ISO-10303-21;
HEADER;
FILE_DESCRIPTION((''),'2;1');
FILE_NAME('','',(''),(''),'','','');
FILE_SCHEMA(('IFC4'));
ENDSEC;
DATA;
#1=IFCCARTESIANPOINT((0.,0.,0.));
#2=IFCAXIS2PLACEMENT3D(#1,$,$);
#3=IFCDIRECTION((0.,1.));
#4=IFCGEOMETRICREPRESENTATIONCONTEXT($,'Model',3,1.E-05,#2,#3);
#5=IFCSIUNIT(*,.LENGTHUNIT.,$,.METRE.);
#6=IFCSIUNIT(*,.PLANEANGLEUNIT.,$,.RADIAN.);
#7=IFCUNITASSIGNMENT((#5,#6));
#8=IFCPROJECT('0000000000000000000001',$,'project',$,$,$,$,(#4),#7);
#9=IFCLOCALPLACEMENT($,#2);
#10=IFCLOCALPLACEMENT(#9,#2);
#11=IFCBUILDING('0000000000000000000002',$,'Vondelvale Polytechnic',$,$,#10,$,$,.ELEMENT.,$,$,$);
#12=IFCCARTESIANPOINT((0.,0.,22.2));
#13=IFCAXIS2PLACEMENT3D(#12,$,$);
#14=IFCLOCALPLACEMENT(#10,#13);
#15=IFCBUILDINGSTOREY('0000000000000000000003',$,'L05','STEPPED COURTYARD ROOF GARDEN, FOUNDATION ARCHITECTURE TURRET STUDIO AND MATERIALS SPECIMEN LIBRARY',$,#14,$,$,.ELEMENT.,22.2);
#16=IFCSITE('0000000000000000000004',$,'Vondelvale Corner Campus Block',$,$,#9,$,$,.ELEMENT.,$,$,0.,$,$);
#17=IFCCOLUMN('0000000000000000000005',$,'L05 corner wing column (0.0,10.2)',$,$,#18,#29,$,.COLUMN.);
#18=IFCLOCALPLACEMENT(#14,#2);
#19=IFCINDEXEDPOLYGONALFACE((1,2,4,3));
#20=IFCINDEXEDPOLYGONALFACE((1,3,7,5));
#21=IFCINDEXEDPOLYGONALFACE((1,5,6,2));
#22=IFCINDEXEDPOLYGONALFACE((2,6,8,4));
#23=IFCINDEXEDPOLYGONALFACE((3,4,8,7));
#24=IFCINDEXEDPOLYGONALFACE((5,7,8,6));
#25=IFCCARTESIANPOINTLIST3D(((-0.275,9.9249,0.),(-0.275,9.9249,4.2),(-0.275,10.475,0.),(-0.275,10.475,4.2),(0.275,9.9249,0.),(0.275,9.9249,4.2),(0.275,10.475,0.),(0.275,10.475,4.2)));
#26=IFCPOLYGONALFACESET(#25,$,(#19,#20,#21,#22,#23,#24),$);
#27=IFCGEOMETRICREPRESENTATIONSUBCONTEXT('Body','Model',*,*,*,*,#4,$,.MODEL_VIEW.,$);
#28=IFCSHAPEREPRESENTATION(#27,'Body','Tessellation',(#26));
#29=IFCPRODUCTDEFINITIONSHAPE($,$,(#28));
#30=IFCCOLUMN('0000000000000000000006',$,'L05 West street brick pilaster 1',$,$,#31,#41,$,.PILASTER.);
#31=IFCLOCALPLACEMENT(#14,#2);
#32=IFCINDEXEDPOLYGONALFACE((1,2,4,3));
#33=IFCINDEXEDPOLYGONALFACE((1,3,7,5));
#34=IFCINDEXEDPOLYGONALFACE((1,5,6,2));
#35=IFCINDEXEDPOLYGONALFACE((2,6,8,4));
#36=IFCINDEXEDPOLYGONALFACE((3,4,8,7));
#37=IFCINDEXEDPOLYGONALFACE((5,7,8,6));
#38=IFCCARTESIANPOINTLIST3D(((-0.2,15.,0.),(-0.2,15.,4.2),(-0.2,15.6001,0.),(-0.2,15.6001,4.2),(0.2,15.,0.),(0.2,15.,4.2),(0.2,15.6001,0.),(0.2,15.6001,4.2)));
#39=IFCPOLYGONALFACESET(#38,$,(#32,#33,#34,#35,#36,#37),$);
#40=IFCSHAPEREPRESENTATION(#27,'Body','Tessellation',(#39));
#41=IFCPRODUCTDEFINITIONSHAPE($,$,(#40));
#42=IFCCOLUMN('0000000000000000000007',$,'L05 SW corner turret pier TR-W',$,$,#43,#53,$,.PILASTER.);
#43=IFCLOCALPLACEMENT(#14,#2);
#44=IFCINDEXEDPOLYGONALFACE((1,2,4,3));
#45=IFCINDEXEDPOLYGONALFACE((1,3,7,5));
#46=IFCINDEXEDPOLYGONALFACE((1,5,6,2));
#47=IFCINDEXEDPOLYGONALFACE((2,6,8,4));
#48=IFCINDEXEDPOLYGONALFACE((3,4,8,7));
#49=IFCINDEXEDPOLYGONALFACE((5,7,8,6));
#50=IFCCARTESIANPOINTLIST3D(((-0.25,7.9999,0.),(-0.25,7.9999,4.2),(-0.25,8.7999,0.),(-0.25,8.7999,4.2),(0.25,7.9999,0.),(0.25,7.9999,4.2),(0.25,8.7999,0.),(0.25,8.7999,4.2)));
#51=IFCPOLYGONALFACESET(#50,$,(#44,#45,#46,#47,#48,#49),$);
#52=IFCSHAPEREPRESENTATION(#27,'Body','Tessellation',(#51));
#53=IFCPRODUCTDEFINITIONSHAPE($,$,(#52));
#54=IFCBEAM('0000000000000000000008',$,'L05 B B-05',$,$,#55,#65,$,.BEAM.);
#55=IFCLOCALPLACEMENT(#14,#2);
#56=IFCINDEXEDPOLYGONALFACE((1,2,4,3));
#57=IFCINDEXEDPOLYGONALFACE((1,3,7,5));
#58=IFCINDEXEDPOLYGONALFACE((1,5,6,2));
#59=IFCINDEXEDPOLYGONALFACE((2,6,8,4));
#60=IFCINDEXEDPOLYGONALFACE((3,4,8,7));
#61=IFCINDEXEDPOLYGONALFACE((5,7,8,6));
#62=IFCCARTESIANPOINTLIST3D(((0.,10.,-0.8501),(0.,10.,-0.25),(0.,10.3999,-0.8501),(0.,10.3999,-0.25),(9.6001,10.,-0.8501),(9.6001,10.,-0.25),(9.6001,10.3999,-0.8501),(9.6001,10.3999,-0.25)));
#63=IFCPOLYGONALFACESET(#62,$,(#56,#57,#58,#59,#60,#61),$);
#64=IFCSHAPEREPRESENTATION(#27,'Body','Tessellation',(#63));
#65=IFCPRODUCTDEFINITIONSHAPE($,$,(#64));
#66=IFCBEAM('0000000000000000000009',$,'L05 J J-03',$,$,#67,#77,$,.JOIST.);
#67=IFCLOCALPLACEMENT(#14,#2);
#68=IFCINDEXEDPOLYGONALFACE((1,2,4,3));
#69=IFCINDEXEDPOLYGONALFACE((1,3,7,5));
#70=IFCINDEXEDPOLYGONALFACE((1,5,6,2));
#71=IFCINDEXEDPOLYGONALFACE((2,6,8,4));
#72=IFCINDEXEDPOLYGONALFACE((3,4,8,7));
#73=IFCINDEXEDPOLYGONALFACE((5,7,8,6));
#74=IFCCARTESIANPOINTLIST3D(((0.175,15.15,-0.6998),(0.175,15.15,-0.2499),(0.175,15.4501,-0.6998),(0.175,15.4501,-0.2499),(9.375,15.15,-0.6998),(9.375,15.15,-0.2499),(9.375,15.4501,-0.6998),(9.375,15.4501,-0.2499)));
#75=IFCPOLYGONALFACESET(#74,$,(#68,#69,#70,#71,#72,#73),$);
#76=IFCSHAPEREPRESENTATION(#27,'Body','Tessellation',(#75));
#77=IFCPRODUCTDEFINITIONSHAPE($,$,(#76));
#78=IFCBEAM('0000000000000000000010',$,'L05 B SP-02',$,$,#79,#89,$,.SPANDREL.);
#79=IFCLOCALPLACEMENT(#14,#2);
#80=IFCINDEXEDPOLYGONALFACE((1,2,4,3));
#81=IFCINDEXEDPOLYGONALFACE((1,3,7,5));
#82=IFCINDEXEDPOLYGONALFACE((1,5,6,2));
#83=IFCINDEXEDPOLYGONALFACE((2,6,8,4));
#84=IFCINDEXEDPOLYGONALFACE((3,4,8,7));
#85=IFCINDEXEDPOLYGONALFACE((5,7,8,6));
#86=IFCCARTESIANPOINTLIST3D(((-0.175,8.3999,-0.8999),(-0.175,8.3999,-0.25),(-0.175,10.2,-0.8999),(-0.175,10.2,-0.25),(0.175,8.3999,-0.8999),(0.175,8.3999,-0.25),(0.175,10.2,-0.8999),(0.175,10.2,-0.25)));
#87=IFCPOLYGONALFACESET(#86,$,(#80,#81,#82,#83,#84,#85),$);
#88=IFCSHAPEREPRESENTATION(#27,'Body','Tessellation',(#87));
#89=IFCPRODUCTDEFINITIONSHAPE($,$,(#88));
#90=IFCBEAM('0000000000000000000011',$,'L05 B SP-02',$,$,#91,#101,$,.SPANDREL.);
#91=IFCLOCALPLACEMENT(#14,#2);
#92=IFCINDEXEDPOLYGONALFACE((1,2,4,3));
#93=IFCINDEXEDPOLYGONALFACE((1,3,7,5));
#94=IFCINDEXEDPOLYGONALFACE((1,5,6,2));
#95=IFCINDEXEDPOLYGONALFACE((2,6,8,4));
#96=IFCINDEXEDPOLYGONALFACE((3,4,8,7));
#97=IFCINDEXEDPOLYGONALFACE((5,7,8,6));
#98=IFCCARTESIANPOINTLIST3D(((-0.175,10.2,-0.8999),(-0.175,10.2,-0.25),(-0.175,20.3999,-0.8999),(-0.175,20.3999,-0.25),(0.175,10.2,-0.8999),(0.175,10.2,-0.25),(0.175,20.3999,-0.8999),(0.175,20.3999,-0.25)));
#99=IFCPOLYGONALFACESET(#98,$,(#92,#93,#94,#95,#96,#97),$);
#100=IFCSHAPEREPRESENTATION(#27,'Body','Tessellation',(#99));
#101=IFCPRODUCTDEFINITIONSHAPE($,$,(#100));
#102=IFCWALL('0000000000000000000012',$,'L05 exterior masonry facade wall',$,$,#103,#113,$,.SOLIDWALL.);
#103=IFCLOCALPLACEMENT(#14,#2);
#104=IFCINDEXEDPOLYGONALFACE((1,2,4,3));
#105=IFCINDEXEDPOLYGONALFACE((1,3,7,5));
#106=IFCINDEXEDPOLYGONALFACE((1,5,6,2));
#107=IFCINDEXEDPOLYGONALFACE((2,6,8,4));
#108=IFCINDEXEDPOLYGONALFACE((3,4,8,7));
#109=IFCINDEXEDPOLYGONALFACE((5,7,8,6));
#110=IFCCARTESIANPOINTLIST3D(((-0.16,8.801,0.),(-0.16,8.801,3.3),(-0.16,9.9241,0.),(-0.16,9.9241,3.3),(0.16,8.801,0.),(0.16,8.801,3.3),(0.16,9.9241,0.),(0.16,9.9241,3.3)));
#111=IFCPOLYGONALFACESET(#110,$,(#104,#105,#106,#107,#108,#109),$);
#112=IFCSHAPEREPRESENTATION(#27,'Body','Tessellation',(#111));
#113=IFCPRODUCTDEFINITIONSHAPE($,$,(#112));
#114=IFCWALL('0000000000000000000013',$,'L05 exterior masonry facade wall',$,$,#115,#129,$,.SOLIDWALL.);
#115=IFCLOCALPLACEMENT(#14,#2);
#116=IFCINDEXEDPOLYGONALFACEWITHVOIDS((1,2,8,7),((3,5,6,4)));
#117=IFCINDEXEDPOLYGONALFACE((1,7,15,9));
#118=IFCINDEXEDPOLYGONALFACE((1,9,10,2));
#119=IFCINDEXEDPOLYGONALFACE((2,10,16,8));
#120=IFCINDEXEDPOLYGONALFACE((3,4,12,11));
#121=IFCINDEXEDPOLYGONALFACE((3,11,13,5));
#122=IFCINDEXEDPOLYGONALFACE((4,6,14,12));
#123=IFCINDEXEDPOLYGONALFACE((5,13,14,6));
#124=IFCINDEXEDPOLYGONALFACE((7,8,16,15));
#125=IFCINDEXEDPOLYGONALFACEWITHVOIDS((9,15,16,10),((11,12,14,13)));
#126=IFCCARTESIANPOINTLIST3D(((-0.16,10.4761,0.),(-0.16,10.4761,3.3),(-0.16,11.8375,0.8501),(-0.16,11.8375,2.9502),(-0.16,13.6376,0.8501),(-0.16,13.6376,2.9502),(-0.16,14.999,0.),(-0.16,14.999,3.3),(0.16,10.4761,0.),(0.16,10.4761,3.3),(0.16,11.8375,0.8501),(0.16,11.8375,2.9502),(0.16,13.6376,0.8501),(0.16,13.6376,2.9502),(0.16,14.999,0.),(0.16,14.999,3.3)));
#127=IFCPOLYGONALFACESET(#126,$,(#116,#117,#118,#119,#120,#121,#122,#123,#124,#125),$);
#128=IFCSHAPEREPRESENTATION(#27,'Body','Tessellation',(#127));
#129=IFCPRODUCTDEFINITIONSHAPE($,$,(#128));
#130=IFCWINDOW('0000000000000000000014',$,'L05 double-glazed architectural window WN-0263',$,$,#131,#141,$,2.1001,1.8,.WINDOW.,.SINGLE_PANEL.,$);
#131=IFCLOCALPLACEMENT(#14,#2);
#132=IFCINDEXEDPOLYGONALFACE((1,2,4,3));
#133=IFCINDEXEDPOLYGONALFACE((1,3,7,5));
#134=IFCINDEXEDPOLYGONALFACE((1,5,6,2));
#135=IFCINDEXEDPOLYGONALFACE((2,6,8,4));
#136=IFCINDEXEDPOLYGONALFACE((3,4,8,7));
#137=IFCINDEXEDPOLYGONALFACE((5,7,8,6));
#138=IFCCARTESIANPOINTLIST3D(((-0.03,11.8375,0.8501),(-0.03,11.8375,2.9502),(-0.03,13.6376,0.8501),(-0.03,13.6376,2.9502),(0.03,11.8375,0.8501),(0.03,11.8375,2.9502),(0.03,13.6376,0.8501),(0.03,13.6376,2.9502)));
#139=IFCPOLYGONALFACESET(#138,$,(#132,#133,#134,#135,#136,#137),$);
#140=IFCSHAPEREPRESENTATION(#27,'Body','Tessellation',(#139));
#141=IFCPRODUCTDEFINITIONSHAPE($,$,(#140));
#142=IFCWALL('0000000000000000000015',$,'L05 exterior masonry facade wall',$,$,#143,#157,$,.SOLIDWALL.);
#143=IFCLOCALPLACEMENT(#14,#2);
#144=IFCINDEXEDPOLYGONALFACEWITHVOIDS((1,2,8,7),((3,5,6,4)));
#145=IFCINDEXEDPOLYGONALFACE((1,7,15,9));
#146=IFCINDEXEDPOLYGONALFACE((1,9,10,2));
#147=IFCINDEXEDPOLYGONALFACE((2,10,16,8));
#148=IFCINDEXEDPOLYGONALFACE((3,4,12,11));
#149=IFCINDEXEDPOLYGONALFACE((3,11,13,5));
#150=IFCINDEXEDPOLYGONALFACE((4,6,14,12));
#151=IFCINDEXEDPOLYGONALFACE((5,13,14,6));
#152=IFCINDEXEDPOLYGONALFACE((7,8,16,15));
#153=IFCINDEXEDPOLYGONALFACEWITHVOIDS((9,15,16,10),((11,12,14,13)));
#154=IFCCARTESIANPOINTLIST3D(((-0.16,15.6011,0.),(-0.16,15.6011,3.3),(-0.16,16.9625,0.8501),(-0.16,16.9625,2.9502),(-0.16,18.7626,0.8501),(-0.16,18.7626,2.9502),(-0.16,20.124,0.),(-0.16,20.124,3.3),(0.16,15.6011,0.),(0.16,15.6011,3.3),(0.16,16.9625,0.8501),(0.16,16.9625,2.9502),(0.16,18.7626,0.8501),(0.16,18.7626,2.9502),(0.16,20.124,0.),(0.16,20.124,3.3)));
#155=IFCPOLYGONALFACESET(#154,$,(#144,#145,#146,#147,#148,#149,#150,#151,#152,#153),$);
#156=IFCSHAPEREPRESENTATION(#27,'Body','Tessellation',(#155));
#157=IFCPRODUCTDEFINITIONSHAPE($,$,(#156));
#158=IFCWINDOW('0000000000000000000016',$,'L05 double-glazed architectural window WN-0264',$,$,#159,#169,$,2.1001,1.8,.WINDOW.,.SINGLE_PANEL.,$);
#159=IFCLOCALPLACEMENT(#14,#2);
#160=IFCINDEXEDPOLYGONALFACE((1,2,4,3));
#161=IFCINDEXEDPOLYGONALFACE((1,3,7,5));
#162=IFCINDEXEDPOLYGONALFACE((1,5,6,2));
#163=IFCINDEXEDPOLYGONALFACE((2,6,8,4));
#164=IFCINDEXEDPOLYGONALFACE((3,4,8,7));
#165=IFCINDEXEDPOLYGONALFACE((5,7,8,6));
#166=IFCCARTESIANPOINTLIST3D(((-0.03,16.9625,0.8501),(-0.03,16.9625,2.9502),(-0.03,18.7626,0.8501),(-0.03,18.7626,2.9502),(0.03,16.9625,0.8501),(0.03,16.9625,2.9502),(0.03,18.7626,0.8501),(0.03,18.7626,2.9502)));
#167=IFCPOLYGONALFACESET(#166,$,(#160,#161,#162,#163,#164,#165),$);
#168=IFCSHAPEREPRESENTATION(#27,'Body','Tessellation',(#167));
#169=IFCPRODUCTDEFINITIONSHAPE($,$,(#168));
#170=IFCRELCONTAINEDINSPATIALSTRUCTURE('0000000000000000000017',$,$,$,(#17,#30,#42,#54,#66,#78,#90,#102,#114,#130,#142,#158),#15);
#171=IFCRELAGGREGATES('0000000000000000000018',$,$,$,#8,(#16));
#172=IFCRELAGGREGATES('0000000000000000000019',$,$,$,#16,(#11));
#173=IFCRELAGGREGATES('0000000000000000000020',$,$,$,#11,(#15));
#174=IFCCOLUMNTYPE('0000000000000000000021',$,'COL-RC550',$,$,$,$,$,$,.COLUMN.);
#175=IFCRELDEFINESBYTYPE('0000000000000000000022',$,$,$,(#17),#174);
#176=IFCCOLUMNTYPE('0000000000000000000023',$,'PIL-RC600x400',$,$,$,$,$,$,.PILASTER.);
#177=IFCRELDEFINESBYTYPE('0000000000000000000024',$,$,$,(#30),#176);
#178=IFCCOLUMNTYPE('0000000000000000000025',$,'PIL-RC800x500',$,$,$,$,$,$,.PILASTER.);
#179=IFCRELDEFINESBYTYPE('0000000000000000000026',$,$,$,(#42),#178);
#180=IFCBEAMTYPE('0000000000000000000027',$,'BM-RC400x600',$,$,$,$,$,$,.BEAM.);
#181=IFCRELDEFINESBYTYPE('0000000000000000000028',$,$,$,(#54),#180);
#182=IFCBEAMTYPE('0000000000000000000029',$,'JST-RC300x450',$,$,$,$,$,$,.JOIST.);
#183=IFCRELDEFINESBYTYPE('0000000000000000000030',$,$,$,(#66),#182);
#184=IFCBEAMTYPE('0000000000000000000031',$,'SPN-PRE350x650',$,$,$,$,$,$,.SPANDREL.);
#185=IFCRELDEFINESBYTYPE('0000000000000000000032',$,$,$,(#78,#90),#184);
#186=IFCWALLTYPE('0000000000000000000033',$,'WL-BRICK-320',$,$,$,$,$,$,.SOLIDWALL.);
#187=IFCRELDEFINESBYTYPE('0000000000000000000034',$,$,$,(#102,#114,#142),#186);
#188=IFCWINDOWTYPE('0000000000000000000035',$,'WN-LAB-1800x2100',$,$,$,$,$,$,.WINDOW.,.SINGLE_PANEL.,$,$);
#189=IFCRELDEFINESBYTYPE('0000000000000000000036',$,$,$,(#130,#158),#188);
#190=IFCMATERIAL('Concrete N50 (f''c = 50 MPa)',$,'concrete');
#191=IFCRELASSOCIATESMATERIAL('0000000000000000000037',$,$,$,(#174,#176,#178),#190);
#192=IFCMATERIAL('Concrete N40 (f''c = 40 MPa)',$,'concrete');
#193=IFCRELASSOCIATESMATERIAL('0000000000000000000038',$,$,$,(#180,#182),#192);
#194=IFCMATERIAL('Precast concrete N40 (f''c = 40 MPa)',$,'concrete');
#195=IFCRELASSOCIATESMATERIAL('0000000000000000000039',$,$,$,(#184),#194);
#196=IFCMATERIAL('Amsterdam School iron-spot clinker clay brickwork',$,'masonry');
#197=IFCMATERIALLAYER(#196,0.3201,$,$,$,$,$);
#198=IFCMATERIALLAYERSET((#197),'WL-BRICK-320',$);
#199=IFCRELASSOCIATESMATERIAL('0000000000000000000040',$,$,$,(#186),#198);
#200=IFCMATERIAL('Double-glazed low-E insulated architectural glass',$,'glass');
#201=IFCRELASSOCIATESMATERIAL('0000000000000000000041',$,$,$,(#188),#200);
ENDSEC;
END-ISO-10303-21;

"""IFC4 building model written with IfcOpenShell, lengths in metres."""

from ifc_helpers import new_model, si_unit, direction, frame, frame_2d, origin, origin_2d, place, context, subcontext, project, spatial, rectangle, extrude, material, layer, layer_set, material_profile, profile_set, type_object, element, fill, save


model = new_model("IFC4")

# Units and contexts
model_context = context("Model", 3, precision=1e-05, world=origin(), true_north=direction((0.0, 1.0)))
body_context = subcontext(model_context, "Body", "Model", "MODEL_VIEW")
ifc_project = project(units=[si_unit("LENGTHUNIT", "METRE"), si_unit("PLANEANGLEUNIT", "RADIAN")], contexts=[model_context])

# Site, building, storey
site_placement = place(None, origin())
site = spatial("IfcSite", under=ifc_project, at=site_placement, Name="Vondelvale Corner Campus Block", CompositionType="ELEMENT", RefElevation=0.0)
building_placement = place(site_placement, origin())
building = spatial("IfcBuilding", under=site, at=building_placement, Name="Vondelvale Polytechnic", CompositionType="ELEMENT")
storey_placement = place(building_placement, frame((0.0, 0.0, 22.2)))
storey = spatial("IfcBuildingStorey", under=building, at=storey_placement, Name="L05", Description="STEPPED COURTYARD ROOF GARDEN, FOUNDATION ARCHITECTURE TURRET STUDIO AND MATERIALS SPECIMEN LIBRARY", CompositionType="ELEMENT", Elevation=22.2)

# Columns
ifc_material_1 = material(Name="Concrete N50 (f'c = 50 MPa)", Category="concrete")
ifc_material_profile_1 = material_profile(ifc_material_1, rectangle(XDim=0.55, YDim=0.55, at=origin_2d()), Name="RC-COL-550x550")
ifc_profile_set_1 = profile_set([ifc_material_profile_1], Name="Concrete N50 (f'c = 50 MPa)")
column_type_1 = type_object("IfcColumnType", Name="COL-RC550", PredefinedType="COLUMN", material=ifc_profile_set_1)
column_1_placement = place(storey_placement, frame((0.0, 10.2, 0.0), z_axis=(0.0, 0.0, 1.0), x_axis=(1.0, 0.0, 0.0)))
element("IfcColumn", 1, at=column_1_placement, inside=storey, type_object=column_type_1, Name="L05 corner wing column (0.0,10.2)", PredefinedType="COLUMN", context=body_context, shape_type="SweptSolid", body=[
    extrude(rectangle(XDim=0.55, YDim=0.55, at=origin_2d()), origin(), (0.0, 0.0, 1.0), 4.2),
])
ifc_material_profile_2 = material_profile(ifc_material_1, rectangle(XDim=0.3999, YDim=0.6001, at=origin_2d()), Name="RC-PIL-600x400")
ifc_profile_set_2 = profile_set([ifc_material_profile_2], Name="Concrete N50 (f'c = 50 MPa)")
column_type_2 = type_object("IfcColumnType", Name="PIL-RC600x400", PredefinedType="PILASTER", material=ifc_profile_set_2)
column_2_placement = place(storey_placement, frame((0.0, 15.3, 0.0), z_axis=(0.0, 0.0, 1.0), x_axis=(1.0, 0.0, 0.0)))
element("IfcColumn", 2, at=column_2_placement, inside=storey, type_object=column_type_2, Name="L05 West street brick pilaster 1", PredefinedType="PILASTER", context=body_context, shape_type="SweptSolid", body=[
    extrude(rectangle(XDim=0.3999, YDim=0.6001, at=origin_2d()), origin(), (0.0, 0.0, 1.0), 4.2),
])
ifc_material_profile_3 = material_profile(ifc_material_1, rectangle(XDim=0.5, YDim=0.8, at=origin_2d()), Name="RC-PIL-800x500")
ifc_profile_set_3 = profile_set([ifc_material_profile_3], Name="Concrete N50 (f'c = 50 MPa)")
column_type_3 = type_object("IfcColumnType", Name="PIL-RC800x500", PredefinedType="PILASTER", material=ifc_profile_set_3)
column_3_placement = place(storey_placement, frame((0.0, 8.3999, 0.0), z_axis=(0.0, 0.0, 1.0), x_axis=(1.0, 0.0, 0.0)))
element("IfcColumn", 3, at=column_3_placement, inside=storey, type_object=column_type_3, Name="L05 SW corner turret pier TR-W", PredefinedType="PILASTER", context=body_context, shape_type="SweptSolid", body=[
    extrude(rectangle(XDim=0.5, YDim=0.8, at=origin_2d()), origin(), (0.0, 0.0, 1.0), 4.2),
])

# Beams
ifc_material_2 = material(Name="Concrete N40 (f'c = 40 MPa)", Category="concrete")
ifc_material_profile_4 = material_profile(ifc_material_2, rectangle(XDim=0.3999, YDim=0.6001, at=origin_2d()), Name="RC-BM-400x600")
ifc_profile_set_4 = profile_set([ifc_material_profile_4], Name="Concrete N40 (f'c = 40 MPa)")
beam_type_1 = type_object("IfcBeamType", Name="BM-RC400x600", PredefinedType="BEAM", material=ifc_profile_set_4)
beam_1_placement = place(storey_placement, frame((0.0, 10.2, -0.55), z_axis=(1.0, 0.0, 0.0), x_axis=(0.0, 1.0, 0.0)))
element("IfcBeam", 4, at=beam_1_placement, inside=storey, type_object=beam_type_1, Name="L05 B B-05", PredefinedType="BEAM", context=body_context, shape_type="SweptSolid", body=[
    extrude(rectangle(XDim=0.3999, YDim=0.6001, at=origin_2d()), origin(), (0.0, 0.0, 1.0), 9.6001),
])
ifc_material_profile_5 = material_profile(ifc_material_2, rectangle(XDim=0.3, YDim=0.45, at=origin_2d()), Name="RC-JST-300x450")
ifc_profile_set_5 = profile_set([ifc_material_profile_5], Name="Concrete N40 (f'c = 40 MPa)")
beam_type_2 = type_object("IfcBeamType", Name="JST-RC300x450", PredefinedType="JOIST", material=ifc_profile_set_5)
beam_2_placement = place(storey_placement, frame((0.175, 15.3, -0.4749), z_axis=(1.0, 0.0, 0.0), x_axis=(0.0, 1.0, 0.0)))
element("IfcBeam", 5, at=beam_2_placement, inside=storey, type_object=beam_type_2, Name="L05 J J-03", PredefinedType="JOIST", context=body_context, shape_type="SweptSolid", body=[
    extrude(rectangle(XDim=0.3, YDim=0.45, at=origin_2d()), origin(), (0.0, 0.0, 1.0), 9.2),
])
ifc_material_3 = material(Name="Precast concrete N40 (f'c = 40 MPa)", Category="concrete")
ifc_material_profile_6 = material_profile(ifc_material_3, rectangle(XDim=0.3501, YDim=0.6499, at=origin_2d()), Name="RC-SPN-350x650")
ifc_profile_set_6 = profile_set([ifc_material_profile_6], Name="Precast concrete N40 (f'c = 40 MPa)")
beam_type_3 = type_object("IfcBeamType", Name="SPN-PRE350x650", PredefinedType="SPANDREL", material=ifc_profile_set_6)
beam_3_placement = place(storey_placement, frame((0.0, 8.3999, -0.575), z_axis=(0.0, 1.0, 0.0), x_axis=(-1.0, 0.0, 0.0)))
element("IfcBeam", 6, at=beam_3_placement, inside=storey, type_object=beam_type_3, Name="L05 B SP-02", PredefinedType="SPANDREL", context=body_context, shape_type="SweptSolid", body=[
    extrude(rectangle(XDim=0.3501, YDim=0.6499, at=origin_2d()), origin(), (0.0, 0.0, 1.0), 1.8),
])
beam_4_placement = place(storey_placement, frame((0.0, 10.2, -0.575), z_axis=(0.0, 1.0, 0.0), x_axis=(-1.0, 0.0, 0.0)))
element("IfcBeam", 7, at=beam_4_placement, inside=storey, type_object=beam_type_3, Name="L05 B SP-02", PredefinedType="SPANDREL", context=body_context, shape_type="SweptSolid", body=[
    extrude(rectangle(XDim=0.3501, YDim=0.6499, at=origin_2d()), origin(), (0.0, 0.0, 1.0), 10.2),
])

# Wall
ifc_material_4 = material(Name="Amsterdam School iron-spot clinker clay brickwork", Category="masonry")
ifc_layer_1 = layer(ifc_material_4, 0.3201)
ifc_layer_set_1 = layer_set([ifc_layer_1], Name="WL-BRICK-320")
wall_type = type_object("IfcWallType", Name="WL-BRICK-320", PredefinedType="SOLIDWALL", material=ifc_layer_set_1)
wall_1_placement = place(storey_placement, frame((0.0, 8.801, 0.0), z_axis=(0.0, 0.0, 1.0), x_axis=(0.0, 1.0, 0.0)))
element("IfcWall", 8, at=wall_1_placement, inside=storey, type_object=wall_type, Name="L05 exterior masonry facade wall", PredefinedType="SOLIDWALL", context=body_context, shape_type="SweptSolid", body=[
    extrude(rectangle(XDim=1.123, YDim=0.3201, at=frame_2d((0.5615, 0.0))), origin(), (0.0, 0.0, 1.0), 3.3),
])

# Walls, openings, windows
wall_2_placement = place(storey_placement, frame((0.0, 10.4761, 0.0), z_axis=(0.0, 0.0, 1.0), x_axis=(0.0, 1.0, 0.0)))
wall_2 = element("IfcWall", 9, at=wall_2_placement, inside=storey, type_object=wall_type, Name="L05 exterior masonry facade wall", PredefinedType="SOLIDWALL", context=body_context, shape_type="SweptSolid", body=[
    extrude(rectangle(XDim=4.5229, YDim=0.3201, at=frame_2d((2.2615, 0.0))), origin(), (0.0, 0.0, 1.0), 3.3),
])
opening_1_placement = place(wall_2_placement, frame((1.3616, 0.0, 0.8501)))
opening_1 = element("IfcOpeningElement", 10, at=opening_1_placement, cuts=wall_2, PredefinedType="OPENING", context=body_context, shape_type="SweptSolid", body=[
    extrude(rectangle(XDim=1.8, YDim=2.1001, at=frame_2d((0.8999, 1.05))), frame((0.0, 0.1699, 0.0), z_axis=(0.0, -1.0, 0.0), x_axis=(1.0, 0.0, 0.0)), (0.0, 0.0, 1.0), 0.3401),
])
ifc_material_5 = material(Name="Double-glazed low-E insulated architectural glass", Category="glass")
window_type = type_object("IfcWindowType", Name="WN-LAB-1800x2100", PartitioningType="SINGLE_PANEL", PredefinedType="WINDOW", material=ifc_material_5)
window_1_placement = place(opening_1_placement, origin())
window_1 = element("IfcWindow", 11, at=window_1_placement, inside=storey, type_object=window_type, Name="L05 double-glazed architectural window WN-0263", OverallHeight=2.1001, OverallWidth=1.8, PartitioningType="SINGLE_PANEL", PredefinedType="WINDOW", context=body_context, shape_type="SweptSolid", body=[
    extrude(rectangle(XDim=1.8, YDim=2.1001, at=frame_2d((0.8999, 1.05))), frame((0.0, 0.03, 0.0), z_axis=(0.0, -1.0, 0.0), x_axis=(1.0, 0.0, 0.0)), (0.0, 0.0, 1.0), 0.0601),
])
fill(opening_1, window_1)
wall_3_placement = place(storey_placement, frame((0.0, 15.6011, 0.0), z_axis=(0.0, 0.0, 1.0), x_axis=(0.0, 1.0, 0.0)))
wall_3 = element("IfcWall", 12, at=wall_3_placement, inside=storey, type_object=wall_type, Name="L05 exterior masonry facade wall", PredefinedType="SOLIDWALL", context=body_context, shape_type="SweptSolid", body=[
    extrude(rectangle(XDim=4.5229, YDim=0.3201, at=frame_2d((2.2615, 0.0))), origin(), (0.0, 0.0, 1.0), 3.3),
])
opening_2_placement = place(wall_3_placement, frame((1.3616, 0.0, 0.8501)))
opening_2 = element("IfcOpeningElement", 13, at=opening_2_placement, cuts=wall_3, PredefinedType="OPENING", context=body_context, shape_type="SweptSolid", body=[
    extrude(rectangle(XDim=1.8, YDim=2.1001, at=frame_2d((0.8999, 1.05))), frame((0.0, 0.1699, 0.0), z_axis=(0.0, -1.0, 0.0), x_axis=(1.0, 0.0, 0.0)), (0.0, 0.0, 1.0), 0.3401),
])
window_2_placement = place(opening_2_placement, origin())
window_2 = element("IfcWindow", 14, at=window_2_placement, inside=storey, type_object=window_type, Name="L05 double-glazed architectural window WN-0264", OverallHeight=2.1001, OverallWidth=1.8, PartitioningType="SINGLE_PANEL", PredefinedType="WINDOW", context=body_context, shape_type="SweptSolid", body=[
    extrude(rectangle(XDim=1.8, YDim=2.1001, at=frame_2d((0.8999, 1.05))), frame((0.0, 0.03, 0.0), z_axis=(0.0, -1.0, 0.0), x_axis=(1.0, 0.0, 0.0)), (0.0, 0.0, 1.0), 0.0601),
])
fill(opening_2, window_2)

save(model, "model.ifc")
